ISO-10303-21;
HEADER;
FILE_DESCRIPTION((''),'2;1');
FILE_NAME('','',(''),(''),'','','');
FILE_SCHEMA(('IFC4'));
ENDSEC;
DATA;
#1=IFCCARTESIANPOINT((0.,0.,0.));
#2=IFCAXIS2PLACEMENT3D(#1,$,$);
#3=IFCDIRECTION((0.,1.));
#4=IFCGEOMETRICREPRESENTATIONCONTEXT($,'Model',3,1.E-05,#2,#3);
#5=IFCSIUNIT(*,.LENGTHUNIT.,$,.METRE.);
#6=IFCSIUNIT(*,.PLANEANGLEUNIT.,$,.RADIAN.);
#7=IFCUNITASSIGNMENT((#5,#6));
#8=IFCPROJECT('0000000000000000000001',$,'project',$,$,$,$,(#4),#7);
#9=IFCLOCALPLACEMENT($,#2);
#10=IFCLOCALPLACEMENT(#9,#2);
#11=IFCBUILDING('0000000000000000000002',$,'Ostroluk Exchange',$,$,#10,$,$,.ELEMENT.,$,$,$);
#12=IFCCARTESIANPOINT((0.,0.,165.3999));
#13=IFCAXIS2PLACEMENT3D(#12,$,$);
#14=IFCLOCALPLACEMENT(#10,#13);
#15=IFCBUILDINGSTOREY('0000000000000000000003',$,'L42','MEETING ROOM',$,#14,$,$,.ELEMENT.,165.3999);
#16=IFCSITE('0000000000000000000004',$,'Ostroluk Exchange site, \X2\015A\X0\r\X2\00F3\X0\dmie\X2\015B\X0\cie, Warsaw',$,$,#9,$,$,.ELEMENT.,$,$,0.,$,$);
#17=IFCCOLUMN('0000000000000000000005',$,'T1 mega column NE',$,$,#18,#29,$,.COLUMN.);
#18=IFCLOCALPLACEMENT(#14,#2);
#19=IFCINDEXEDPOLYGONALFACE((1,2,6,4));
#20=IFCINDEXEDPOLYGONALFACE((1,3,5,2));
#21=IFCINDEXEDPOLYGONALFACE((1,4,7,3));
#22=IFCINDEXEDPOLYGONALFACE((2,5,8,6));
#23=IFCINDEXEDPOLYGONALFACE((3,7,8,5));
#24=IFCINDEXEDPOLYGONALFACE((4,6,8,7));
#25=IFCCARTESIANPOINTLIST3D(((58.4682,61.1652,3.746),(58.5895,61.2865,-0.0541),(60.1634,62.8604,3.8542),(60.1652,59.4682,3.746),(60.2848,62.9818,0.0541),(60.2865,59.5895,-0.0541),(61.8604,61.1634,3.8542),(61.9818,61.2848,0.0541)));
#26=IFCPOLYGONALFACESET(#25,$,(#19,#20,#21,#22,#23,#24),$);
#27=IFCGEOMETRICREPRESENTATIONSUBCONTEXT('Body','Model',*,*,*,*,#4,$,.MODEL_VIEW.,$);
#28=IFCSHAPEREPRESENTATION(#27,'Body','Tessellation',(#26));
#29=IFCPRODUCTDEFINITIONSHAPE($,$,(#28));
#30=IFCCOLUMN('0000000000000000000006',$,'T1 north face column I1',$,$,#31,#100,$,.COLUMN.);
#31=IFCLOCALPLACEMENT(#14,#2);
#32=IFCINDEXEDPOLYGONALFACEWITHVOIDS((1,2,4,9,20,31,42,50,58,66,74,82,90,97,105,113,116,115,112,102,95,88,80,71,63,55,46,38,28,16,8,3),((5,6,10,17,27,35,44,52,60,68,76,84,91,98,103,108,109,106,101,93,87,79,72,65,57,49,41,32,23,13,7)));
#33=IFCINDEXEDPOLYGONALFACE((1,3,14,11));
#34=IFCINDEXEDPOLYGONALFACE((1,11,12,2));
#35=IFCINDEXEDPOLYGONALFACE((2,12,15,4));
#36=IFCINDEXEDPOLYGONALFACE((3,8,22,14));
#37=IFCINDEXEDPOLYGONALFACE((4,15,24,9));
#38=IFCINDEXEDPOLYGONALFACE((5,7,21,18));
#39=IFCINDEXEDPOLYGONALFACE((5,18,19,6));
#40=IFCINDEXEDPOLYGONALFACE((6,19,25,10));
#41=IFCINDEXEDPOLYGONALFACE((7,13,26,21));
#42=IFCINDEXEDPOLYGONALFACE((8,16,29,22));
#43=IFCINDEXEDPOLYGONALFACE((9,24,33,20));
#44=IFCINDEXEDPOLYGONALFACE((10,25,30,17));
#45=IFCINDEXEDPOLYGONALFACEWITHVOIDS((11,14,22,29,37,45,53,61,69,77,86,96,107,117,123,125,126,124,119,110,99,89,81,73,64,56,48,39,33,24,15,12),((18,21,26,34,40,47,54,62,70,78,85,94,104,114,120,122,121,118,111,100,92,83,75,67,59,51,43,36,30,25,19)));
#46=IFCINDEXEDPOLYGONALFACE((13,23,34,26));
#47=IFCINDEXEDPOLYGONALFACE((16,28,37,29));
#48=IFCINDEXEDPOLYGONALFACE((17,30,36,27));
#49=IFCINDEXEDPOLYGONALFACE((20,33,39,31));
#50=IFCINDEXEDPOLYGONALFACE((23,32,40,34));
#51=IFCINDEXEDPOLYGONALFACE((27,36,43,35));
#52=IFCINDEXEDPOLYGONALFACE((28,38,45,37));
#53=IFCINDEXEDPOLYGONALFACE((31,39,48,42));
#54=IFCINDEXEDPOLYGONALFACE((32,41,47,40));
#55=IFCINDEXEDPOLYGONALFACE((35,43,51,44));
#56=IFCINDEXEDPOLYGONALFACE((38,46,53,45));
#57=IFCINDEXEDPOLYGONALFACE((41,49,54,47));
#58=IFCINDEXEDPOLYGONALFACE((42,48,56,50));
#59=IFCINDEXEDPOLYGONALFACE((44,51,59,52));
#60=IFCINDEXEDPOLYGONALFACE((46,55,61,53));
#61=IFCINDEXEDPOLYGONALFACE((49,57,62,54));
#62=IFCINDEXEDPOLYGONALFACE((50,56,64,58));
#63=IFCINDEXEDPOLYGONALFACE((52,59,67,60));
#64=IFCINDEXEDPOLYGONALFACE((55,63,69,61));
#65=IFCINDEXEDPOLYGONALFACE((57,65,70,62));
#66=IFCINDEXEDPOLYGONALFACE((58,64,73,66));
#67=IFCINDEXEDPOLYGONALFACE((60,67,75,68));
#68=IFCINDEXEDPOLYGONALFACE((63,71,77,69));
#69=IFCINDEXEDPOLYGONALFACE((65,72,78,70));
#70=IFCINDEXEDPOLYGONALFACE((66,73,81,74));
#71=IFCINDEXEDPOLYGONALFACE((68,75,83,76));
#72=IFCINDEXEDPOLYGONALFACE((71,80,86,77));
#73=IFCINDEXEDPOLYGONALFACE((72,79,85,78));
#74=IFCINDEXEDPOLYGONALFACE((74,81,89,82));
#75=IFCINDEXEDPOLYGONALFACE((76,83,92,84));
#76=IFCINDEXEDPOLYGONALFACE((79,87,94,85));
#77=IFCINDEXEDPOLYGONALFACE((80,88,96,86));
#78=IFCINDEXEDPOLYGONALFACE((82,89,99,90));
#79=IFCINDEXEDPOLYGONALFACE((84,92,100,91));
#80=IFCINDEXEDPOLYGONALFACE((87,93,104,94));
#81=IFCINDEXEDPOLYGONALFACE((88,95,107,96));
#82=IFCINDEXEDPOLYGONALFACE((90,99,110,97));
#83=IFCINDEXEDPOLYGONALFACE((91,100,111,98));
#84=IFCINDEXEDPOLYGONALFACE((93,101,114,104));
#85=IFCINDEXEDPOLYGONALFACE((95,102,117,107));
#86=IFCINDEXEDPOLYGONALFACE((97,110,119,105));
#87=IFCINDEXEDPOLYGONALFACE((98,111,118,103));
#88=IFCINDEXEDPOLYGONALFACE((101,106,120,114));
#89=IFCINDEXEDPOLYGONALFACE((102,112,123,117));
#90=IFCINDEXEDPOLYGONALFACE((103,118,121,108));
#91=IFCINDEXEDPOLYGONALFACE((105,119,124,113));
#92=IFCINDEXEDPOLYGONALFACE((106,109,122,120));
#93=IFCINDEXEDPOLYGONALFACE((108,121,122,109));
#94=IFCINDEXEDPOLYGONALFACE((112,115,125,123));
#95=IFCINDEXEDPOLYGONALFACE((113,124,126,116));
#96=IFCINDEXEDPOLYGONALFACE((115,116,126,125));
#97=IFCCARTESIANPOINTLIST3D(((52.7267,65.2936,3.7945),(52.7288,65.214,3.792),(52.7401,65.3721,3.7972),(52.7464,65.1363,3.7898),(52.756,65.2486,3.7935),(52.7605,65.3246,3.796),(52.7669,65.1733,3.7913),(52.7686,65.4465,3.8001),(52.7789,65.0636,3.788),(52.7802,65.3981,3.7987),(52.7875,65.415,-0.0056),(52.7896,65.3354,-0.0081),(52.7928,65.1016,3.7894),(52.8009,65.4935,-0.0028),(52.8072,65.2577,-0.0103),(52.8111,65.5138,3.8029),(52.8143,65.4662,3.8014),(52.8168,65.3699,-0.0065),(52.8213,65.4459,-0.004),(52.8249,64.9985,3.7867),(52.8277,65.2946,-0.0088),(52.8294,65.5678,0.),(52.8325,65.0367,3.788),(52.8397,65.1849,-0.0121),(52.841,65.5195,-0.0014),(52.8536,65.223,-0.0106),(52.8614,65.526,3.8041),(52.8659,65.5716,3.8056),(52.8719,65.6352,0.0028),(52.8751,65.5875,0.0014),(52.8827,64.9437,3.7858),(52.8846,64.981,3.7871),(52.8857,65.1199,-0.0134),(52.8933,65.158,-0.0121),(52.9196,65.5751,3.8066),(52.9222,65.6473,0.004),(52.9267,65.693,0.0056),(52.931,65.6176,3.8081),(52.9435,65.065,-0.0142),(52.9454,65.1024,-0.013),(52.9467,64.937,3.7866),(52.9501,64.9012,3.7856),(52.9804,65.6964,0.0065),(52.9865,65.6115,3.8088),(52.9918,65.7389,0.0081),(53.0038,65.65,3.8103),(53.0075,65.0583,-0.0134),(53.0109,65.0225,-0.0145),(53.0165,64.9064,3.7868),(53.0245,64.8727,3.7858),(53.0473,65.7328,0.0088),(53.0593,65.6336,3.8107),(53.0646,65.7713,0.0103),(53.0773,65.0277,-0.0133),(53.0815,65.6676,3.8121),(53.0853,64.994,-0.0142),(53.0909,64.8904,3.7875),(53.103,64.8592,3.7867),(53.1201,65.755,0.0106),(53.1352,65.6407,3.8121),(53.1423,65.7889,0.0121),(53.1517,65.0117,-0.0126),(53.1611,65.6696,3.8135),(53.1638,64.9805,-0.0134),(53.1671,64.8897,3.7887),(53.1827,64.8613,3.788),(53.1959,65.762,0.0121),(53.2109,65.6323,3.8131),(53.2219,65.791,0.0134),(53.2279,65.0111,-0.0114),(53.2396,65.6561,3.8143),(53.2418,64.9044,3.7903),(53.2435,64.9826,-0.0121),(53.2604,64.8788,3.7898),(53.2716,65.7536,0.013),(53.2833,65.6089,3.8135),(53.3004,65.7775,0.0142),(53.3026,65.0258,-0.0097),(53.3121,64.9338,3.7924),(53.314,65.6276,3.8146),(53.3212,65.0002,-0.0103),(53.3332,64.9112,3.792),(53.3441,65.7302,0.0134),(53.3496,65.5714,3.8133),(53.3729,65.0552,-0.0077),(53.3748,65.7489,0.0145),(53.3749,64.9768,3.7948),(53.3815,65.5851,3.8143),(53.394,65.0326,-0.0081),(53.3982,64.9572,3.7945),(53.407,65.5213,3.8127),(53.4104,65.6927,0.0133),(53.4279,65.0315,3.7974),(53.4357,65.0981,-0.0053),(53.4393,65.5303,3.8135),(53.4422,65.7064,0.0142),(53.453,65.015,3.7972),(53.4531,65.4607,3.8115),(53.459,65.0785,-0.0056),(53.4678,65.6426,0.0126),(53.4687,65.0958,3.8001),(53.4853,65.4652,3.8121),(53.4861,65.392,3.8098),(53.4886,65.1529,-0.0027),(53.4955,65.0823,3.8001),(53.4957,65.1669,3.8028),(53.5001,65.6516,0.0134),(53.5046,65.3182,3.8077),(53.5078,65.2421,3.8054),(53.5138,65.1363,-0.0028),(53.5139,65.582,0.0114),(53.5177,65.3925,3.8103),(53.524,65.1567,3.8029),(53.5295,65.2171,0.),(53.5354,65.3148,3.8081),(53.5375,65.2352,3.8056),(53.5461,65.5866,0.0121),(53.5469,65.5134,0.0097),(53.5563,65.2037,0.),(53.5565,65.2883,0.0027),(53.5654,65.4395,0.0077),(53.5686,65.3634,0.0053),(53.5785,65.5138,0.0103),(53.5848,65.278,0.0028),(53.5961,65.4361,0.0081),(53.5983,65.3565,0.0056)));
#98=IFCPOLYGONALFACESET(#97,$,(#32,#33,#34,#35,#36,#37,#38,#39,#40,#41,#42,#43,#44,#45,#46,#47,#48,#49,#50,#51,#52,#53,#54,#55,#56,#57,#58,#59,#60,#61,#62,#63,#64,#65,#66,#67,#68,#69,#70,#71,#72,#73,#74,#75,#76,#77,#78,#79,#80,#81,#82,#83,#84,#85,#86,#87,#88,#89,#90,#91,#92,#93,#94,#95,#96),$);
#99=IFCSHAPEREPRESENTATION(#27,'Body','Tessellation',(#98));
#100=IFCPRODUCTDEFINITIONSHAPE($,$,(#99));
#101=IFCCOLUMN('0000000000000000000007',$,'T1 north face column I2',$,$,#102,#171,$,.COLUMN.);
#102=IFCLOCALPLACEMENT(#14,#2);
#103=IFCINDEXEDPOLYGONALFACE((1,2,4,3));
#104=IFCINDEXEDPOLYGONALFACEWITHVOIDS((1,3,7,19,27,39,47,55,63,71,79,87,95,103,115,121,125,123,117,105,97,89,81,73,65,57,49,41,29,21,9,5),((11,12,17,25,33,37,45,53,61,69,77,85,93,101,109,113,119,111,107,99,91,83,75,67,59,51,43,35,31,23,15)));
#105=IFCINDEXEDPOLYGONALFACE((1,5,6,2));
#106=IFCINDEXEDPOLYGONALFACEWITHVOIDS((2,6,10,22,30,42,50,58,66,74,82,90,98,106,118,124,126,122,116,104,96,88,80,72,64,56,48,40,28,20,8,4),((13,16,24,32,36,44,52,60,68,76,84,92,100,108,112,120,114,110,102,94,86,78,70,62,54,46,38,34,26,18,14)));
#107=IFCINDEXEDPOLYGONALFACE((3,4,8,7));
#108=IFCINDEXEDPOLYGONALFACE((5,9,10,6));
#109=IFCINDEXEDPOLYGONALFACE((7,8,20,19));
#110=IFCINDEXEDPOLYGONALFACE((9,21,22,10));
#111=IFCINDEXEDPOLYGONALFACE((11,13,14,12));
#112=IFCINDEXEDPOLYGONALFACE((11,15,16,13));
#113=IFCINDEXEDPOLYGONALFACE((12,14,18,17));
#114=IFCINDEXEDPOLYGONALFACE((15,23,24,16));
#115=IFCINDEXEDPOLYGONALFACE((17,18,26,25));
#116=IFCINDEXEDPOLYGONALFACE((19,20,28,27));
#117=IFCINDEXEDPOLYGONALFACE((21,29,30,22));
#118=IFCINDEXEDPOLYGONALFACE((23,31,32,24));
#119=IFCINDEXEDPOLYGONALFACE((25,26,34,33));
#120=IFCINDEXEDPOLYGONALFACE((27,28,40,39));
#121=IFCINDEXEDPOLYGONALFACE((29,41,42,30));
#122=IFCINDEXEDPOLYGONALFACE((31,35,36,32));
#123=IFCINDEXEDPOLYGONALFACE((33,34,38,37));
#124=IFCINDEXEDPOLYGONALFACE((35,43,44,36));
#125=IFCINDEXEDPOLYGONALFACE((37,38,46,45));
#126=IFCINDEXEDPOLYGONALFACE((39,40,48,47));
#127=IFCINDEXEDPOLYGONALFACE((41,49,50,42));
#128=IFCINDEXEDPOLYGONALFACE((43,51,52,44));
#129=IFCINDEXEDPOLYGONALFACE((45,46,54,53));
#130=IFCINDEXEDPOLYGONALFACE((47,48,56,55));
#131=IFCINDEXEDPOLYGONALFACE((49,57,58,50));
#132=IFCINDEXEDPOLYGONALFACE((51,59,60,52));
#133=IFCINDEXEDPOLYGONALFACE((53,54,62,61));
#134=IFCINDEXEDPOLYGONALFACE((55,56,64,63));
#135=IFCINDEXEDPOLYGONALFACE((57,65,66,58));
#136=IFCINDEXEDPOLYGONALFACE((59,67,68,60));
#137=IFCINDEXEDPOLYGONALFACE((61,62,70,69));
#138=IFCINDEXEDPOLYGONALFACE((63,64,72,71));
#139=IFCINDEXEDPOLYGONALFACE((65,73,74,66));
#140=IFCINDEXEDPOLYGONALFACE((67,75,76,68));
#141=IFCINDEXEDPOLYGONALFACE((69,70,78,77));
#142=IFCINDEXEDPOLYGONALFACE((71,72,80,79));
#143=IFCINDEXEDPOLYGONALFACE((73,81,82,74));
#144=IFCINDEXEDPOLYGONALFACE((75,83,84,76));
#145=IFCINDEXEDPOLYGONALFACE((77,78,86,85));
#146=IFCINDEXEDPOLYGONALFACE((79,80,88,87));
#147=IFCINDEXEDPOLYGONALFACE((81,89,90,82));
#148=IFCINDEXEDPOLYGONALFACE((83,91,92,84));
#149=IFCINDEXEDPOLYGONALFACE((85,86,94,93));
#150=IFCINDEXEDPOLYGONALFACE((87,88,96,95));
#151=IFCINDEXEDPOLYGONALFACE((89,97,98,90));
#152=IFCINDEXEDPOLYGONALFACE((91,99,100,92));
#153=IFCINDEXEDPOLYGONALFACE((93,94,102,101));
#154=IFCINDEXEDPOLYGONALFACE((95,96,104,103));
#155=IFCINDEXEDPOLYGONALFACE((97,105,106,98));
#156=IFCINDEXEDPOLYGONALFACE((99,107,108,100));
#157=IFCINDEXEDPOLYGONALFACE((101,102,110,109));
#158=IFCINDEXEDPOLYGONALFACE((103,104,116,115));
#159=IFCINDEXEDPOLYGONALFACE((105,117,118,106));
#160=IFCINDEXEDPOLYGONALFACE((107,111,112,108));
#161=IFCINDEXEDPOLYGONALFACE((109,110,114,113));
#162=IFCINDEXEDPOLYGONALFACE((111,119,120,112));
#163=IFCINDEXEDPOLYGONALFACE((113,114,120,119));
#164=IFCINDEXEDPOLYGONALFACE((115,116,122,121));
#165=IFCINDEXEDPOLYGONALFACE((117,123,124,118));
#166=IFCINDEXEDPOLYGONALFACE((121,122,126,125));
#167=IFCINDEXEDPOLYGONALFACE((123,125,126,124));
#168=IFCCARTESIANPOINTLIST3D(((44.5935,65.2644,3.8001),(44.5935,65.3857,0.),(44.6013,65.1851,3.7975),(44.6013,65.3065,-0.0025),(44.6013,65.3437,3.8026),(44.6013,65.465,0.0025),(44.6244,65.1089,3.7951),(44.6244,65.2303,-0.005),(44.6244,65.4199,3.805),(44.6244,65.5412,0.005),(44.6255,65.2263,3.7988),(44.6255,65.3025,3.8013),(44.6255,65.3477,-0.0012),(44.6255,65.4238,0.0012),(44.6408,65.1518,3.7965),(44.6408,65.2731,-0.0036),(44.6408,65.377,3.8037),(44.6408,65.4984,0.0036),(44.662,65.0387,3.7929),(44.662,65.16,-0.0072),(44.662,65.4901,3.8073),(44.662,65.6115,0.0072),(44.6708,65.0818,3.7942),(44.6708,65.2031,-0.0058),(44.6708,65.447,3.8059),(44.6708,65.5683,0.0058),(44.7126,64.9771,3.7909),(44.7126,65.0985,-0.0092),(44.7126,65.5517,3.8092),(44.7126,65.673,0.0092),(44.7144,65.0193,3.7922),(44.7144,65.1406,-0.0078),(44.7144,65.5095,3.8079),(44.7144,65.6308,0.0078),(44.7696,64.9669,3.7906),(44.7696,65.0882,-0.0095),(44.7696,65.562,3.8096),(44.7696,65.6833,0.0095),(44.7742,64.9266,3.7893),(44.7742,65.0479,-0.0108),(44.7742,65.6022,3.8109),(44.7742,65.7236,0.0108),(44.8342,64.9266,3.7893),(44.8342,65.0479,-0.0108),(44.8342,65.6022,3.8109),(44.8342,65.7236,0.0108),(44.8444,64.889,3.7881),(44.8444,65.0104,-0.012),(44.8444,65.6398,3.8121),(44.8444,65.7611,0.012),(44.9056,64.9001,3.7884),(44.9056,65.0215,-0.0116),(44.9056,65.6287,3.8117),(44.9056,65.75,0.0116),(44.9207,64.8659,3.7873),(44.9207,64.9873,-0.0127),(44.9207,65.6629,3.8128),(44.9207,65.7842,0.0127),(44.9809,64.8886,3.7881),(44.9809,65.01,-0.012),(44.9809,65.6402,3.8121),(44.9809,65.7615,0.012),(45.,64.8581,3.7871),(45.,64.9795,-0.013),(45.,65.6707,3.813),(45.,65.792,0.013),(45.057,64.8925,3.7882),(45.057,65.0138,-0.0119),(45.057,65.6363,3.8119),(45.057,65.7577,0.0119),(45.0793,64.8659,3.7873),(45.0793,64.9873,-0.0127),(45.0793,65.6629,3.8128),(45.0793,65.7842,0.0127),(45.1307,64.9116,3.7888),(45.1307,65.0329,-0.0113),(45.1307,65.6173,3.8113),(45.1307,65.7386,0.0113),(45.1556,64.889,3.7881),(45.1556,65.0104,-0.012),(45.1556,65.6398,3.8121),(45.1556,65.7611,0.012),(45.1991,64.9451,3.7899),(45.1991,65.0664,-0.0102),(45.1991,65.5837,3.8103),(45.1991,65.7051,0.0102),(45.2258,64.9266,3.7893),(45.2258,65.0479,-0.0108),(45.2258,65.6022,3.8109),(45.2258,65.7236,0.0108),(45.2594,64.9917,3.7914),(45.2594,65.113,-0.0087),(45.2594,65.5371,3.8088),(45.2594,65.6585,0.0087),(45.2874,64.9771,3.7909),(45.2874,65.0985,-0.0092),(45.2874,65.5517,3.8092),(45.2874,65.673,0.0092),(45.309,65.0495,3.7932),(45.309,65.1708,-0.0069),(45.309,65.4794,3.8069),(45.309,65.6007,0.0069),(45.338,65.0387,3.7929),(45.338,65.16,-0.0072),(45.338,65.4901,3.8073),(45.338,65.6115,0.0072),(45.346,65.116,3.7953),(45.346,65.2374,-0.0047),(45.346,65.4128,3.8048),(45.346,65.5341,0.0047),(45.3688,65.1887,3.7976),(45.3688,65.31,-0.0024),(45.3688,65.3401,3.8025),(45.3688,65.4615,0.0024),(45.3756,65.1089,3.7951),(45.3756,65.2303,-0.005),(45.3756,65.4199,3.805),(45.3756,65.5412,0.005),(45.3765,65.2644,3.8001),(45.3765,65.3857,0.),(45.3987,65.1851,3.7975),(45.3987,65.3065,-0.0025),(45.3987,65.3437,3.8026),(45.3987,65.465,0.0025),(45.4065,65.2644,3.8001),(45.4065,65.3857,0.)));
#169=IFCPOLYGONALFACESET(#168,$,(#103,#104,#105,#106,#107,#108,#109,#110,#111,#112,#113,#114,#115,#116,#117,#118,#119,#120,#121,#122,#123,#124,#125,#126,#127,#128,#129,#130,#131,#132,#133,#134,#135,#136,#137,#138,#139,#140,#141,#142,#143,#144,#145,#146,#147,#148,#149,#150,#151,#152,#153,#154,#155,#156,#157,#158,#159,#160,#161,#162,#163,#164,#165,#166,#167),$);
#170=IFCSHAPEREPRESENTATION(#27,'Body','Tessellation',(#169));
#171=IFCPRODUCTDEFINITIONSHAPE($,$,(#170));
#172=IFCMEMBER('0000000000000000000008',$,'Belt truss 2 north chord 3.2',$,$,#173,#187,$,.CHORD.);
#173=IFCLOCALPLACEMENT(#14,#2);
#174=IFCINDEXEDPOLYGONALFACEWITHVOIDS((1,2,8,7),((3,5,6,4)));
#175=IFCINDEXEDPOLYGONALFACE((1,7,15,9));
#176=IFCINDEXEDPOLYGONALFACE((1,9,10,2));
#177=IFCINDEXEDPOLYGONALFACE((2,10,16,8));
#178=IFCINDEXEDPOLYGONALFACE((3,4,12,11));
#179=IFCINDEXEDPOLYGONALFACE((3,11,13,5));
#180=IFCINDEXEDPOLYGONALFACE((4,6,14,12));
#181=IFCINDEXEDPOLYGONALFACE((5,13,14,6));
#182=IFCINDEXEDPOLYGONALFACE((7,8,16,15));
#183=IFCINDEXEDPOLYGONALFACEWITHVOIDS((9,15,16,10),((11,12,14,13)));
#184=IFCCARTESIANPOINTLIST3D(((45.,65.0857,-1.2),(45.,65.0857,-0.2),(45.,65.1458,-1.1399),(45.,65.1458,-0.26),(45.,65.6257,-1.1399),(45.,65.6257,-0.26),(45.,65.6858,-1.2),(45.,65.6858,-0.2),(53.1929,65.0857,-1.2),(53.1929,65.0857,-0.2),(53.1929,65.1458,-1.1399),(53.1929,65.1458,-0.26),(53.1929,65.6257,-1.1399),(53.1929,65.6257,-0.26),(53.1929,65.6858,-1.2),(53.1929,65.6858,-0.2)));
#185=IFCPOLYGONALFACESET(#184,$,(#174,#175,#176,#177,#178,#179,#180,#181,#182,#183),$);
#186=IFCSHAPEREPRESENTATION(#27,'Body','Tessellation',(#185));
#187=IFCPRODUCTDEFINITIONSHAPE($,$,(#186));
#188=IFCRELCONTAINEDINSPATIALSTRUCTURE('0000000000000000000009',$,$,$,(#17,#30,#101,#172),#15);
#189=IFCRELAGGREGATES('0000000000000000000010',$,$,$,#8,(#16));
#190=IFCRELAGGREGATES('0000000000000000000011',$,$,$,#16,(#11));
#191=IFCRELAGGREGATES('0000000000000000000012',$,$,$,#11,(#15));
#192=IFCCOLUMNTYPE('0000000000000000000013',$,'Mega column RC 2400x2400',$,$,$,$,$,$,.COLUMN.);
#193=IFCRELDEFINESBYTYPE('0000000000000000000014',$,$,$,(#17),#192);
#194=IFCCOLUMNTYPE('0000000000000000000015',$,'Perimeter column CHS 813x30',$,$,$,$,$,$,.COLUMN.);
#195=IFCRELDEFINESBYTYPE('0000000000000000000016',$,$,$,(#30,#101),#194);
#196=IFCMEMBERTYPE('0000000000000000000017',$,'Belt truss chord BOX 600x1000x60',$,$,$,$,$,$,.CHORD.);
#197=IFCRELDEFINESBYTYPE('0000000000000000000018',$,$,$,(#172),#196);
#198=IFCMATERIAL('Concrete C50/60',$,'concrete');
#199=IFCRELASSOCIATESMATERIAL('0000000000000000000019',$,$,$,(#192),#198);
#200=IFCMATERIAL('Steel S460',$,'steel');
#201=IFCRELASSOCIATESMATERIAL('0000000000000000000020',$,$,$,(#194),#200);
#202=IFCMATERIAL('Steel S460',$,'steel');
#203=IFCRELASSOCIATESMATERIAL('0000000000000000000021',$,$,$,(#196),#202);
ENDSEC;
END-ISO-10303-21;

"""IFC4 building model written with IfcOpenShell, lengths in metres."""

from ifc_helpers import new_model, si_unit, direction, frame, origin, origin_2d, place, context, subcontext, project, spatial, rectangle, hollow_rectangle, hollow_circle, extrude, material, material_profile, profile_set, type_object, element, save


model = new_model("IFC4")

# Units and contexts
model_context = context("Model", 3, precision=1e-05, world=origin(), true_north=direction((0.0, 1.0)))
body_context = subcontext(model_context, "Body", "Model", "MODEL_VIEW")
ifc_project = project(units=[si_unit("LENGTHUNIT", "METRE"), si_unit("PLANEANGLEUNIT", "RADIAN")], contexts=[model_context])

# Site, building, storey
site_placement = place(None, origin())
site = spatial("IfcSite", under=ifc_project, at=site_placement, Name="Ostroluk Exchange site, Śródmieście, Warsaw", CompositionType="ELEMENT", RefElevation=0.0)
building_placement = place(site_placement, origin())
building = spatial("IfcBuilding", under=site, at=building_placement, Name="Ostroluk Exchange", CompositionType="ELEMENT")
storey_placement = place(building_placement, frame((0.0, 0.0, 165.3999)))
storey = spatial("IfcBuildingStorey", under=building, at=storey_placement, Name="L42", Description="MEETING ROOM", CompositionType="ELEMENT", Elevation=165.3999)

# Columns
ifc_material_1 = material(Name="Concrete C50/60", Category="concrete")
ifc_material_profile_1 = material_profile(ifc_material_1, rectangle(XDim=2.3999, YDim=2.3999, at=origin_2d()), Name="RC 2400x2400")
ifc_profile_set_1 = profile_set([ifc_material_profile_1], Name="Concrete C50/60")
column_type_1 = type_object("IfcColumnType", Name="Mega column RC 2400x2400", PredefinedType="COLUMN", material=ifc_profile_set_1)
column_1_placement = place(storey_placement, frame((60.2856, 61.2856, 0.0), z_axis=(-0.031898, -0.031898, 0.998982), x_axis=(0.707107, -0.707107, 0.0)))
element("IfcColumn", 1, at=column_1_placement, inside=storey, type_object=column_type_1, Name="T1 mega column NE", PredefinedType="COLUMN", context=body_context, shape_type="SweptSolid", body=[
    extrude(rectangle(XDim=2.3999, YDim=2.3999, at=origin_2d()), origin(), (0.0, 0.0, 1.0), 3.804),
])
ifc_material_2 = material(Name="Steel S460", Category="steel")
ifc_material_profile_2 = material_profile(ifc_material_2, hollow_circle(Radius=0.4065, WallThickness=0.03, at=origin_2d()), Name="CHS 813x30")
ifc_profile_set_2 = profile_set([ifc_material_profile_2], Name="Steel S460")
column_type_2 = type_object("IfcColumnType", Name="Perimeter column CHS 813x30", PredefinedType="COLUMN", material=ifc_profile_set_2)
column_2_placement = place(storey_placement, frame((53.1929, 65.3857, 0.0), z_axis=(-0.015987, -0.03191, 0.999363), x_axis=(0.894067, -0.447933, 0.0)))
element("IfcColumn", 2, at=column_2_placement, inside=storey, type_object=column_type_2, Name="T1 north face column I1", PredefinedType="COLUMN", context=body_context, shape_type="SweptSolid", body=[
    extrude(hollow_circle(Radius=0.4065, WallThickness=0.03, at=origin_2d()), origin(), (0.0, 0.0, 1.0), 3.8025),
])
column_3_placement = place(storey_placement, frame((45.0, 65.3857, 0.0), z_axis=(0.0, -0.031914, 0.999491), x_axis=(1.0, 0.0, 0.0)))
element("IfcColumn", 3, at=column_3_placement, inside=storey, type_object=column_type_2, Name="T1 north face column I2", PredefinedType="COLUMN", context=body_context, shape_type="SweptSolid", body=[
    extrude(hollow_circle(Radius=0.4065, WallThickness=0.03, at=origin_2d()), origin(), (0.0, 0.0, 1.0), 3.802),
])

# Member
ifc_material_3 = material(Name="Steel S460", Category="steel")
ifc_material_profile_3 = material_profile(ifc_material_3, hollow_rectangle(XDim=0.6001, YDim=1.0, WallThickness=0.0601, at=origin_2d()), Name="BOX 600x1000x60")
ifc_profile_set_3 = profile_set([ifc_material_profile_3], Name="Steel S460")
member_type_1 = type_object("IfcMemberType", Name="Belt truss chord BOX 600x1000x60", PredefinedType="CHORD", material=ifc_profile_set_3)
for number, where, z_axis, x_axis, name in (
    (4, (53.1929, 65.3857, -0.7), (-1.0, 0.0, 0.0), (0.0, -1.0, 0.0), "Belt truss 2 north chord 3.2"),
):
    element("IfcMember", number, at=place(storey_placement, frame(where, z_axis=z_axis, x_axis=x_axis)), inside=storey, type_object=member_type_1, Name=name, PredefinedType="CHORD", context=body_context, shape_type="SweptSolid", body=[
        extrude(hollow_rectangle(XDim=0.6001, YDim=1.0, WallThickness=0.0601, at=origin_2d()), origin(), (0.0, 0.0, 1.0), 8.1929),
    ])

save(model, "model.ifc")
